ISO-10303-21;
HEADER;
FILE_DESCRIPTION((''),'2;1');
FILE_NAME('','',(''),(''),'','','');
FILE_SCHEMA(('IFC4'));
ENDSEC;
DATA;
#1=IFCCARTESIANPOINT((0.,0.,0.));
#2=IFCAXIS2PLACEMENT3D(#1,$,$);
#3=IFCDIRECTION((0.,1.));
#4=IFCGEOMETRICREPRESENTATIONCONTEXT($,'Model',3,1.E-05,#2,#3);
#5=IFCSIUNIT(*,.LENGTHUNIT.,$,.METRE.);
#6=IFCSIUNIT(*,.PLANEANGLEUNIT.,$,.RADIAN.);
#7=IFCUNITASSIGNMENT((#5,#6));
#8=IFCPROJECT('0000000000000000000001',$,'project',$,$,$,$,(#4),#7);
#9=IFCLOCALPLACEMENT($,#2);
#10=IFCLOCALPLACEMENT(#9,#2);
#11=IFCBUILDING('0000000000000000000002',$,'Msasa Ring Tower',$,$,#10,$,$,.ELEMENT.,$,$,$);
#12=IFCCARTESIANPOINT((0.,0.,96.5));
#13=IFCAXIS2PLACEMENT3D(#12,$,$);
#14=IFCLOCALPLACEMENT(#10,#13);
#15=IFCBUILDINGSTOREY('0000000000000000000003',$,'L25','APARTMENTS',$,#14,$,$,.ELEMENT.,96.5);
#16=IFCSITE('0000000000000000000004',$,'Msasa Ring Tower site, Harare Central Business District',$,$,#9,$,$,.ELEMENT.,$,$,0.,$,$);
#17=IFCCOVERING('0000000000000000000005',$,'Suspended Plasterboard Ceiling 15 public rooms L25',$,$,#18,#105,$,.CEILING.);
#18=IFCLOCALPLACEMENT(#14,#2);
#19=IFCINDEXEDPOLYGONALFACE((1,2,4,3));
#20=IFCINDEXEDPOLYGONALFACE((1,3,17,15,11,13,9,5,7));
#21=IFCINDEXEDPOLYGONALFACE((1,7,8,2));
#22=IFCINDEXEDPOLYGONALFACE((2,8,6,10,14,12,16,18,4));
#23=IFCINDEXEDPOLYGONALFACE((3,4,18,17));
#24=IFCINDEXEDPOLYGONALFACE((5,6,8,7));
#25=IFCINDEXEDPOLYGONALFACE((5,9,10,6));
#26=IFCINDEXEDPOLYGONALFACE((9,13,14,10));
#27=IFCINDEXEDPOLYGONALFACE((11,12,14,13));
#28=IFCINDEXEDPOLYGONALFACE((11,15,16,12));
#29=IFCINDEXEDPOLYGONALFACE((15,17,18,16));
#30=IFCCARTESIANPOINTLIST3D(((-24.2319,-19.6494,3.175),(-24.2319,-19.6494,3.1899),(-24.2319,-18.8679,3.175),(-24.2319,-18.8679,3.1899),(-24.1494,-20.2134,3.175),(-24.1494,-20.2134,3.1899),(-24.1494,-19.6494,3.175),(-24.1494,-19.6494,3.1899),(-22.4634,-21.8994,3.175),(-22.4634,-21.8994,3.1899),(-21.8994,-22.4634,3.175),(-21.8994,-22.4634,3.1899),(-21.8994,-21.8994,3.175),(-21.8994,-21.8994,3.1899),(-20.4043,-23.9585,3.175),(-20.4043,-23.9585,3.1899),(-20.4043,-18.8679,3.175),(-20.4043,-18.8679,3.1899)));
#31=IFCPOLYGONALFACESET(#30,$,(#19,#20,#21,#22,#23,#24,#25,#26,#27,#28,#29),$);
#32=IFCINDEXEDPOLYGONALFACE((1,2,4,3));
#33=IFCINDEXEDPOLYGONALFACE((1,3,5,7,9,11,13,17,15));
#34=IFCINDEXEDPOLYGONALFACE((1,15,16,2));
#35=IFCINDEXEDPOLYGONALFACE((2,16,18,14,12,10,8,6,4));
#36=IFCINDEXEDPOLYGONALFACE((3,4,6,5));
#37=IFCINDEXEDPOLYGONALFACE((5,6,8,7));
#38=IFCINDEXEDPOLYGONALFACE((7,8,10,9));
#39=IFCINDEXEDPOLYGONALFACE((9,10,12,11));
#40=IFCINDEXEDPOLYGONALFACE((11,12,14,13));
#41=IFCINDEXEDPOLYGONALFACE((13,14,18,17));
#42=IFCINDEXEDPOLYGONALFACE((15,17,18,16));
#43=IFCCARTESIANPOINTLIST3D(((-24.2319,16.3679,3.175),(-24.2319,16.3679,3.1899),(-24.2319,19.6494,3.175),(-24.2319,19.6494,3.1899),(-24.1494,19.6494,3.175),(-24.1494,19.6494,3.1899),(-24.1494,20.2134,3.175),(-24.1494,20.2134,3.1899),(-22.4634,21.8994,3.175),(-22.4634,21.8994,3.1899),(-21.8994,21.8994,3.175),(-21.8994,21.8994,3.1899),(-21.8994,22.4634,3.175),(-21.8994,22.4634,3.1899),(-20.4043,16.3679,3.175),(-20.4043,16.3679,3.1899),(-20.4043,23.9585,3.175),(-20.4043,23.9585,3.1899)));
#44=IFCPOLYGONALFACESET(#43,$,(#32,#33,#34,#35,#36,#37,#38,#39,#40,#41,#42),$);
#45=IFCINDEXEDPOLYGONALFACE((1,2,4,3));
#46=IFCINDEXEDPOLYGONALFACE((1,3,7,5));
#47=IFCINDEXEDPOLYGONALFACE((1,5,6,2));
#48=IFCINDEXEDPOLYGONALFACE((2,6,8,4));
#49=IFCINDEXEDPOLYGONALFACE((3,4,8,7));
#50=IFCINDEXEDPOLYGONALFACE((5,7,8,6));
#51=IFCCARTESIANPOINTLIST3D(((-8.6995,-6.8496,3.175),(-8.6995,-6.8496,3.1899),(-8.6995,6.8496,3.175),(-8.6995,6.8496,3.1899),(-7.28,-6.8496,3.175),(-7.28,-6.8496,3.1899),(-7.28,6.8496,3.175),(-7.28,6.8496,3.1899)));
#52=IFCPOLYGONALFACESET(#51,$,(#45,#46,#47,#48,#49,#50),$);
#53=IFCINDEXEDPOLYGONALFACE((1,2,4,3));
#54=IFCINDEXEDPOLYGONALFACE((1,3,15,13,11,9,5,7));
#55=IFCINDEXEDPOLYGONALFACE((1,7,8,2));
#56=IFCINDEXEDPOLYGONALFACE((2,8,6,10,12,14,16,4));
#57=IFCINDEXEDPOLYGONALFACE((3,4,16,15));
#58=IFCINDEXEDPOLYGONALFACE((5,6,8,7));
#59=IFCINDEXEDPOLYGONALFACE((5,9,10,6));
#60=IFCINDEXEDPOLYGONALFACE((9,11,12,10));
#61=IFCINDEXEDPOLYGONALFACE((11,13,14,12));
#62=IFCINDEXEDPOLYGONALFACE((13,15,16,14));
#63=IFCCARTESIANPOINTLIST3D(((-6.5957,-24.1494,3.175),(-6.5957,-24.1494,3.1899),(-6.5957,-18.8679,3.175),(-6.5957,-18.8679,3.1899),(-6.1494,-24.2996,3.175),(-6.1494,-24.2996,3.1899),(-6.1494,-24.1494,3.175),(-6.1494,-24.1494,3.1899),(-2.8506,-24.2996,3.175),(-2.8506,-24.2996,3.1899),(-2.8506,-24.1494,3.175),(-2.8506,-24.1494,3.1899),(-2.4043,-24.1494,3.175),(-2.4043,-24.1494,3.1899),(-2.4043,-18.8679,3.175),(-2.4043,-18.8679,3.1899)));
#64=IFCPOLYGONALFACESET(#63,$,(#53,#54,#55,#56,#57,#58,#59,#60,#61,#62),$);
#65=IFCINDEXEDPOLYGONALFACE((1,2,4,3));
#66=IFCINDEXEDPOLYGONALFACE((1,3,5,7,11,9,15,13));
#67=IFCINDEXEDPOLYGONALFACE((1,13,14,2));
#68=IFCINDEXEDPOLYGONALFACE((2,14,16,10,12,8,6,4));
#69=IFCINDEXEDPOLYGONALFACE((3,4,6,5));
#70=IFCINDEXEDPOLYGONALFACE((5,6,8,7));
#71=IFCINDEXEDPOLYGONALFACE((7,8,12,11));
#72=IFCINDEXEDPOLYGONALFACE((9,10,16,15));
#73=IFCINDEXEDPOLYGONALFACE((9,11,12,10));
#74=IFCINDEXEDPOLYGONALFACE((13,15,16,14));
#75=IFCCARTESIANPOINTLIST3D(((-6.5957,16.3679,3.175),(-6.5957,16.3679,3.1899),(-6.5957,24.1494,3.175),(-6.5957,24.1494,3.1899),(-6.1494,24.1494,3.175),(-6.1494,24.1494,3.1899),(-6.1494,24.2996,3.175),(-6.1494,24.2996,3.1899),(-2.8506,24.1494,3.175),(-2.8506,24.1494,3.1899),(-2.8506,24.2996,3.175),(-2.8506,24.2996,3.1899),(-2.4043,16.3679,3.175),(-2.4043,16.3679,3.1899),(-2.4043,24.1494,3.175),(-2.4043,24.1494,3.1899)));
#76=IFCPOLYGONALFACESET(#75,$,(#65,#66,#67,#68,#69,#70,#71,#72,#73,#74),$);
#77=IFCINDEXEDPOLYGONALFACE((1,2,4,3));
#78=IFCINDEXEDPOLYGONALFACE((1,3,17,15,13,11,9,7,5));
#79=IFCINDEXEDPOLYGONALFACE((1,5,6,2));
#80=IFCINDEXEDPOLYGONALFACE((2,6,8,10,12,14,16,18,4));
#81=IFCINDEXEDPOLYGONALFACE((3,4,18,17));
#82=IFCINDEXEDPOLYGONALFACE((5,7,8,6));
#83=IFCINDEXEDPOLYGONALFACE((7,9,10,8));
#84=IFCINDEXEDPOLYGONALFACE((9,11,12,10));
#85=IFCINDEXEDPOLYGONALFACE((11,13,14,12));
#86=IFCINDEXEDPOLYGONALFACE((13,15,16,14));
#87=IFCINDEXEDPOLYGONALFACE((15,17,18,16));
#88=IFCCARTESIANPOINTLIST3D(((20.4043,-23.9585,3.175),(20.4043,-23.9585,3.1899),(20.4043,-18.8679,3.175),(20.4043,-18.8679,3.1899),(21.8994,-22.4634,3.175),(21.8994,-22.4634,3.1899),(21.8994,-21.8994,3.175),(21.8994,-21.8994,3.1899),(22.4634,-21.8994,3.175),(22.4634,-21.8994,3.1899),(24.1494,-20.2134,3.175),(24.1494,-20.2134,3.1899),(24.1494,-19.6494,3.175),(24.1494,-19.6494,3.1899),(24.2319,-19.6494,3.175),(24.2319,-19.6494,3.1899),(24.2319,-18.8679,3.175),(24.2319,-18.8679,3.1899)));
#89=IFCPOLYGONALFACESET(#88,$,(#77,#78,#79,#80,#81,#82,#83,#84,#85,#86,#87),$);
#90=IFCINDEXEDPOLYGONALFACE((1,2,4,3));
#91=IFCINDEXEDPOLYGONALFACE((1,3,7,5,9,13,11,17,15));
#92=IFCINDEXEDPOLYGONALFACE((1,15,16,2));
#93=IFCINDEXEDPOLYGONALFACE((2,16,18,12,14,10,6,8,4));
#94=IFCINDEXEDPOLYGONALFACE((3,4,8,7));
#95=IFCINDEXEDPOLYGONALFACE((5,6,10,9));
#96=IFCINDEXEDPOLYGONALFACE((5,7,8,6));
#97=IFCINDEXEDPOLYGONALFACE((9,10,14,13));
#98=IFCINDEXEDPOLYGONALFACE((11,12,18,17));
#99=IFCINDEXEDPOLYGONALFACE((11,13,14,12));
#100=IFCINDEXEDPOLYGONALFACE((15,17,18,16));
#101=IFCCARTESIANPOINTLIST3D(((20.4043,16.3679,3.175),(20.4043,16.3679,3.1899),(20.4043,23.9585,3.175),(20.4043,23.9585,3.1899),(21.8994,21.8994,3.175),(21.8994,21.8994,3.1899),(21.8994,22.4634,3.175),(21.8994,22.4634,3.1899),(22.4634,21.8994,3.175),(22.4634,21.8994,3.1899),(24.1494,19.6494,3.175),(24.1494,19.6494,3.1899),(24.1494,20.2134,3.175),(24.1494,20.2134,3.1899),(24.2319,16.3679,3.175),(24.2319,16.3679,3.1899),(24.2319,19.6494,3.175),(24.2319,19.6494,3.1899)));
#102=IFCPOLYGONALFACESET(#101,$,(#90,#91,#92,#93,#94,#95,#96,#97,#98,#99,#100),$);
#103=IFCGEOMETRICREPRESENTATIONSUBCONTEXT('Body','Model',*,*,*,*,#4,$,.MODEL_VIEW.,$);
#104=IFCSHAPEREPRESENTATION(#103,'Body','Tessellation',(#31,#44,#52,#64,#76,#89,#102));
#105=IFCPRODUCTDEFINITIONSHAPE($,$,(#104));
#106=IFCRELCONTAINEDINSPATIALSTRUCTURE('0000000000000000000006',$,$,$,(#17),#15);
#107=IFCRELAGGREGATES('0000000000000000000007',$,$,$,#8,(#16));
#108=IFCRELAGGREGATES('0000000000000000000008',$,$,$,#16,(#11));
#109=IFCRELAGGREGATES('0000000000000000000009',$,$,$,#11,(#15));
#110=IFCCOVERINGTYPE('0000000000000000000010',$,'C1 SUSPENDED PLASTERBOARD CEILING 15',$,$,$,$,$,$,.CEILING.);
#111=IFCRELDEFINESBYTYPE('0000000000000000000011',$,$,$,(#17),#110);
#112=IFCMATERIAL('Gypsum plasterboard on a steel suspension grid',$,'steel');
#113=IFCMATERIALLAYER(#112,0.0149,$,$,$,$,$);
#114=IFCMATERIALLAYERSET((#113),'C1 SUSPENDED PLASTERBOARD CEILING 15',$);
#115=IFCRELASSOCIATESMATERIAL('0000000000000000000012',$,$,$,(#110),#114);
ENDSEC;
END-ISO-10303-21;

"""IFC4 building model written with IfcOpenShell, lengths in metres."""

from ifc_helpers import new_model, si_unit, direction, frame, origin, place, context, subcontext, project, spatial, line, indexed_curve, outline, extrude, material, layer, layer_set, type_object, element, save


model = new_model("IFC4")

# Units and contexts
model_context = context("Model", 3, precision=1e-05, world=origin(), true_north=direction((0.0, 1.0)))
body_context = subcontext(model_context, "Body", "Model", "MODEL_VIEW")
ifc_project = project(units=[si_unit("LENGTHUNIT", "METRE"), si_unit("PLANEANGLEUNIT", "RADIAN")], contexts=[model_context])

# Site, building, storey
site_placement = place(None, origin())
site = spatial("IfcSite", under=ifc_project, at=site_placement, Name="Msasa Ring Tower site, Harare Central Business District", CompositionType="ELEMENT", RefElevation=0.0)
building_placement = place(site_placement, origin())
building = spatial("IfcBuilding", under=site, at=building_placement, Name="Msasa Ring Tower", CompositionType="ELEMENT")
storey_placement = place(building_placement, frame((0.0, 0.0, 96.5)))
storey = spatial("IfcBuildingStorey", under=building, at=storey_placement, Name="L25", Description="APARTMENTS", CompositionType="ELEMENT", Elevation=96.5)

# Covering
ifc_material_1 = material(Name="Gypsum plasterboard on a steel suspension grid", Category="steel")
ifc_layer_1 = layer(ifc_material_1, 0.0149)
ifc_layer_set_1 = layer_set([ifc_layer_1], Name="C1 SUSPENDED PLASTERBOARD CEILING 15")
covering_type_1 = type_object("IfcCoveringType", Name="C1 SUSPENDED PLASTERBOARD CEILING 15", PredefinedType="CEILING", material=ifc_layer_set_1)
covering_1_placement = place(storey_placement, frame((0.0, 0.0, 3.175)))
element("IfcCovering", 1, at=covering_1_placement, inside=storey, type_object=covering_type_1, Name="Suspended Plasterboard Ceiling 15 public rooms L25", PredefinedType="CEILING", context=body_context, shape_type="SweptSolid", body=[
    extrude(outline(indexed_curve([(-24.2319, -18.8679), (-20.4043, -18.8679), (-20.4043, -23.9585), (-21.8994, -22.4634), (-21.8994, -21.8994), (-22.4634, -21.8994), (-24.1494, -20.2134), (-24.1494, -19.6494), (-24.2319, -19.6494)], segments=[line(1, 2, 3, 4, 5, 6, 7, 8, 9, 1)], self_intersect=False)), origin(), (0.0, 0.0, 1.0), 0.0149),
    extrude(outline(indexed_curve([(-24.2319, 16.3679), (-24.2319, 19.6494), (-24.1494, 19.6494), (-24.1494, 20.2134), (-22.4634, 21.8994), (-21.8994, 21.8994), (-21.8994, 22.4634), (-20.4043, 23.9585), (-20.4043, 16.3679)], segments=[line(1, 2, 3, 4, 5, 6, 7, 8, 9, 1)], self_intersect=False)), origin(), (0.0, 0.0, 1.0), 0.0149),
    extrude(outline(indexed_curve([(-8.6995, -6.8496), (-8.6995, 6.8496), (-7.28, 6.8496), (-7.28, -6.8496)], segments=[line(1, 2, 3, 4, 1)], self_intersect=False)), origin(), (0.0, 0.0, 1.0), 0.0149),
    extrude(outline(indexed_curve([(-6.1494, -24.2996), (-6.1494, -24.1494), (-6.5957, -24.1494), (-6.5957, -18.8679), (-2.4043, -18.8679), (-2.4043, -24.1494), (-2.8506, -24.1494), (-2.8506, -24.2996)], segments=[line(1, 2, 3, 4, 5, 6, 7, 8, 1)], self_intersect=False)), origin(), (0.0, 0.0, 1.0), 0.0149),
    extrude(outline(indexed_curve([(-6.5957, 16.3679), (-6.5957, 24.1494), (-6.1494, 24.1494), (-6.1494, 24.2996), (-2.8506, 24.2996), (-2.8506, 24.1494), (-2.4043, 24.1494), (-2.4043, 16.3679)], segments=[line(1, 2, 3, 4, 5, 6, 7, 8, 1)], self_intersect=False)), origin(), (0.0, 0.0, 1.0), 0.0149),
    extrude(outline(indexed_curve([(24.2319, -18.8679), (24.2319, -19.6494), (24.1494, -19.6494), (24.1494, -20.2134), (22.4634, -21.8994), (21.8994, -21.8994), (21.8994, -22.4634), (20.4043, -23.9585), (20.4043, -18.8679)], segments=[line(1, 2, 3, 4, 5, 6, 7, 8, 9, 1)], self_intersect=False)), origin(), (0.0, 0.0, 1.0), 0.0149),
    extrude(outline(indexed_curve([(24.2319, 16.3679), (20.4043, 16.3679), (20.4043, 23.9585), (21.8994, 22.4634), (21.8994, 21.8994), (22.4634, 21.8994), (24.1494, 20.2134), (24.1494, 19.6494), (24.2319, 19.6494)], segments=[line(1, 2, 3, 4, 5, 6, 7, 8, 9, 1)], self_intersect=False)), origin(), (0.0, 0.0, 1.0), 0.0149),
])

save(model, "model.ifc")
